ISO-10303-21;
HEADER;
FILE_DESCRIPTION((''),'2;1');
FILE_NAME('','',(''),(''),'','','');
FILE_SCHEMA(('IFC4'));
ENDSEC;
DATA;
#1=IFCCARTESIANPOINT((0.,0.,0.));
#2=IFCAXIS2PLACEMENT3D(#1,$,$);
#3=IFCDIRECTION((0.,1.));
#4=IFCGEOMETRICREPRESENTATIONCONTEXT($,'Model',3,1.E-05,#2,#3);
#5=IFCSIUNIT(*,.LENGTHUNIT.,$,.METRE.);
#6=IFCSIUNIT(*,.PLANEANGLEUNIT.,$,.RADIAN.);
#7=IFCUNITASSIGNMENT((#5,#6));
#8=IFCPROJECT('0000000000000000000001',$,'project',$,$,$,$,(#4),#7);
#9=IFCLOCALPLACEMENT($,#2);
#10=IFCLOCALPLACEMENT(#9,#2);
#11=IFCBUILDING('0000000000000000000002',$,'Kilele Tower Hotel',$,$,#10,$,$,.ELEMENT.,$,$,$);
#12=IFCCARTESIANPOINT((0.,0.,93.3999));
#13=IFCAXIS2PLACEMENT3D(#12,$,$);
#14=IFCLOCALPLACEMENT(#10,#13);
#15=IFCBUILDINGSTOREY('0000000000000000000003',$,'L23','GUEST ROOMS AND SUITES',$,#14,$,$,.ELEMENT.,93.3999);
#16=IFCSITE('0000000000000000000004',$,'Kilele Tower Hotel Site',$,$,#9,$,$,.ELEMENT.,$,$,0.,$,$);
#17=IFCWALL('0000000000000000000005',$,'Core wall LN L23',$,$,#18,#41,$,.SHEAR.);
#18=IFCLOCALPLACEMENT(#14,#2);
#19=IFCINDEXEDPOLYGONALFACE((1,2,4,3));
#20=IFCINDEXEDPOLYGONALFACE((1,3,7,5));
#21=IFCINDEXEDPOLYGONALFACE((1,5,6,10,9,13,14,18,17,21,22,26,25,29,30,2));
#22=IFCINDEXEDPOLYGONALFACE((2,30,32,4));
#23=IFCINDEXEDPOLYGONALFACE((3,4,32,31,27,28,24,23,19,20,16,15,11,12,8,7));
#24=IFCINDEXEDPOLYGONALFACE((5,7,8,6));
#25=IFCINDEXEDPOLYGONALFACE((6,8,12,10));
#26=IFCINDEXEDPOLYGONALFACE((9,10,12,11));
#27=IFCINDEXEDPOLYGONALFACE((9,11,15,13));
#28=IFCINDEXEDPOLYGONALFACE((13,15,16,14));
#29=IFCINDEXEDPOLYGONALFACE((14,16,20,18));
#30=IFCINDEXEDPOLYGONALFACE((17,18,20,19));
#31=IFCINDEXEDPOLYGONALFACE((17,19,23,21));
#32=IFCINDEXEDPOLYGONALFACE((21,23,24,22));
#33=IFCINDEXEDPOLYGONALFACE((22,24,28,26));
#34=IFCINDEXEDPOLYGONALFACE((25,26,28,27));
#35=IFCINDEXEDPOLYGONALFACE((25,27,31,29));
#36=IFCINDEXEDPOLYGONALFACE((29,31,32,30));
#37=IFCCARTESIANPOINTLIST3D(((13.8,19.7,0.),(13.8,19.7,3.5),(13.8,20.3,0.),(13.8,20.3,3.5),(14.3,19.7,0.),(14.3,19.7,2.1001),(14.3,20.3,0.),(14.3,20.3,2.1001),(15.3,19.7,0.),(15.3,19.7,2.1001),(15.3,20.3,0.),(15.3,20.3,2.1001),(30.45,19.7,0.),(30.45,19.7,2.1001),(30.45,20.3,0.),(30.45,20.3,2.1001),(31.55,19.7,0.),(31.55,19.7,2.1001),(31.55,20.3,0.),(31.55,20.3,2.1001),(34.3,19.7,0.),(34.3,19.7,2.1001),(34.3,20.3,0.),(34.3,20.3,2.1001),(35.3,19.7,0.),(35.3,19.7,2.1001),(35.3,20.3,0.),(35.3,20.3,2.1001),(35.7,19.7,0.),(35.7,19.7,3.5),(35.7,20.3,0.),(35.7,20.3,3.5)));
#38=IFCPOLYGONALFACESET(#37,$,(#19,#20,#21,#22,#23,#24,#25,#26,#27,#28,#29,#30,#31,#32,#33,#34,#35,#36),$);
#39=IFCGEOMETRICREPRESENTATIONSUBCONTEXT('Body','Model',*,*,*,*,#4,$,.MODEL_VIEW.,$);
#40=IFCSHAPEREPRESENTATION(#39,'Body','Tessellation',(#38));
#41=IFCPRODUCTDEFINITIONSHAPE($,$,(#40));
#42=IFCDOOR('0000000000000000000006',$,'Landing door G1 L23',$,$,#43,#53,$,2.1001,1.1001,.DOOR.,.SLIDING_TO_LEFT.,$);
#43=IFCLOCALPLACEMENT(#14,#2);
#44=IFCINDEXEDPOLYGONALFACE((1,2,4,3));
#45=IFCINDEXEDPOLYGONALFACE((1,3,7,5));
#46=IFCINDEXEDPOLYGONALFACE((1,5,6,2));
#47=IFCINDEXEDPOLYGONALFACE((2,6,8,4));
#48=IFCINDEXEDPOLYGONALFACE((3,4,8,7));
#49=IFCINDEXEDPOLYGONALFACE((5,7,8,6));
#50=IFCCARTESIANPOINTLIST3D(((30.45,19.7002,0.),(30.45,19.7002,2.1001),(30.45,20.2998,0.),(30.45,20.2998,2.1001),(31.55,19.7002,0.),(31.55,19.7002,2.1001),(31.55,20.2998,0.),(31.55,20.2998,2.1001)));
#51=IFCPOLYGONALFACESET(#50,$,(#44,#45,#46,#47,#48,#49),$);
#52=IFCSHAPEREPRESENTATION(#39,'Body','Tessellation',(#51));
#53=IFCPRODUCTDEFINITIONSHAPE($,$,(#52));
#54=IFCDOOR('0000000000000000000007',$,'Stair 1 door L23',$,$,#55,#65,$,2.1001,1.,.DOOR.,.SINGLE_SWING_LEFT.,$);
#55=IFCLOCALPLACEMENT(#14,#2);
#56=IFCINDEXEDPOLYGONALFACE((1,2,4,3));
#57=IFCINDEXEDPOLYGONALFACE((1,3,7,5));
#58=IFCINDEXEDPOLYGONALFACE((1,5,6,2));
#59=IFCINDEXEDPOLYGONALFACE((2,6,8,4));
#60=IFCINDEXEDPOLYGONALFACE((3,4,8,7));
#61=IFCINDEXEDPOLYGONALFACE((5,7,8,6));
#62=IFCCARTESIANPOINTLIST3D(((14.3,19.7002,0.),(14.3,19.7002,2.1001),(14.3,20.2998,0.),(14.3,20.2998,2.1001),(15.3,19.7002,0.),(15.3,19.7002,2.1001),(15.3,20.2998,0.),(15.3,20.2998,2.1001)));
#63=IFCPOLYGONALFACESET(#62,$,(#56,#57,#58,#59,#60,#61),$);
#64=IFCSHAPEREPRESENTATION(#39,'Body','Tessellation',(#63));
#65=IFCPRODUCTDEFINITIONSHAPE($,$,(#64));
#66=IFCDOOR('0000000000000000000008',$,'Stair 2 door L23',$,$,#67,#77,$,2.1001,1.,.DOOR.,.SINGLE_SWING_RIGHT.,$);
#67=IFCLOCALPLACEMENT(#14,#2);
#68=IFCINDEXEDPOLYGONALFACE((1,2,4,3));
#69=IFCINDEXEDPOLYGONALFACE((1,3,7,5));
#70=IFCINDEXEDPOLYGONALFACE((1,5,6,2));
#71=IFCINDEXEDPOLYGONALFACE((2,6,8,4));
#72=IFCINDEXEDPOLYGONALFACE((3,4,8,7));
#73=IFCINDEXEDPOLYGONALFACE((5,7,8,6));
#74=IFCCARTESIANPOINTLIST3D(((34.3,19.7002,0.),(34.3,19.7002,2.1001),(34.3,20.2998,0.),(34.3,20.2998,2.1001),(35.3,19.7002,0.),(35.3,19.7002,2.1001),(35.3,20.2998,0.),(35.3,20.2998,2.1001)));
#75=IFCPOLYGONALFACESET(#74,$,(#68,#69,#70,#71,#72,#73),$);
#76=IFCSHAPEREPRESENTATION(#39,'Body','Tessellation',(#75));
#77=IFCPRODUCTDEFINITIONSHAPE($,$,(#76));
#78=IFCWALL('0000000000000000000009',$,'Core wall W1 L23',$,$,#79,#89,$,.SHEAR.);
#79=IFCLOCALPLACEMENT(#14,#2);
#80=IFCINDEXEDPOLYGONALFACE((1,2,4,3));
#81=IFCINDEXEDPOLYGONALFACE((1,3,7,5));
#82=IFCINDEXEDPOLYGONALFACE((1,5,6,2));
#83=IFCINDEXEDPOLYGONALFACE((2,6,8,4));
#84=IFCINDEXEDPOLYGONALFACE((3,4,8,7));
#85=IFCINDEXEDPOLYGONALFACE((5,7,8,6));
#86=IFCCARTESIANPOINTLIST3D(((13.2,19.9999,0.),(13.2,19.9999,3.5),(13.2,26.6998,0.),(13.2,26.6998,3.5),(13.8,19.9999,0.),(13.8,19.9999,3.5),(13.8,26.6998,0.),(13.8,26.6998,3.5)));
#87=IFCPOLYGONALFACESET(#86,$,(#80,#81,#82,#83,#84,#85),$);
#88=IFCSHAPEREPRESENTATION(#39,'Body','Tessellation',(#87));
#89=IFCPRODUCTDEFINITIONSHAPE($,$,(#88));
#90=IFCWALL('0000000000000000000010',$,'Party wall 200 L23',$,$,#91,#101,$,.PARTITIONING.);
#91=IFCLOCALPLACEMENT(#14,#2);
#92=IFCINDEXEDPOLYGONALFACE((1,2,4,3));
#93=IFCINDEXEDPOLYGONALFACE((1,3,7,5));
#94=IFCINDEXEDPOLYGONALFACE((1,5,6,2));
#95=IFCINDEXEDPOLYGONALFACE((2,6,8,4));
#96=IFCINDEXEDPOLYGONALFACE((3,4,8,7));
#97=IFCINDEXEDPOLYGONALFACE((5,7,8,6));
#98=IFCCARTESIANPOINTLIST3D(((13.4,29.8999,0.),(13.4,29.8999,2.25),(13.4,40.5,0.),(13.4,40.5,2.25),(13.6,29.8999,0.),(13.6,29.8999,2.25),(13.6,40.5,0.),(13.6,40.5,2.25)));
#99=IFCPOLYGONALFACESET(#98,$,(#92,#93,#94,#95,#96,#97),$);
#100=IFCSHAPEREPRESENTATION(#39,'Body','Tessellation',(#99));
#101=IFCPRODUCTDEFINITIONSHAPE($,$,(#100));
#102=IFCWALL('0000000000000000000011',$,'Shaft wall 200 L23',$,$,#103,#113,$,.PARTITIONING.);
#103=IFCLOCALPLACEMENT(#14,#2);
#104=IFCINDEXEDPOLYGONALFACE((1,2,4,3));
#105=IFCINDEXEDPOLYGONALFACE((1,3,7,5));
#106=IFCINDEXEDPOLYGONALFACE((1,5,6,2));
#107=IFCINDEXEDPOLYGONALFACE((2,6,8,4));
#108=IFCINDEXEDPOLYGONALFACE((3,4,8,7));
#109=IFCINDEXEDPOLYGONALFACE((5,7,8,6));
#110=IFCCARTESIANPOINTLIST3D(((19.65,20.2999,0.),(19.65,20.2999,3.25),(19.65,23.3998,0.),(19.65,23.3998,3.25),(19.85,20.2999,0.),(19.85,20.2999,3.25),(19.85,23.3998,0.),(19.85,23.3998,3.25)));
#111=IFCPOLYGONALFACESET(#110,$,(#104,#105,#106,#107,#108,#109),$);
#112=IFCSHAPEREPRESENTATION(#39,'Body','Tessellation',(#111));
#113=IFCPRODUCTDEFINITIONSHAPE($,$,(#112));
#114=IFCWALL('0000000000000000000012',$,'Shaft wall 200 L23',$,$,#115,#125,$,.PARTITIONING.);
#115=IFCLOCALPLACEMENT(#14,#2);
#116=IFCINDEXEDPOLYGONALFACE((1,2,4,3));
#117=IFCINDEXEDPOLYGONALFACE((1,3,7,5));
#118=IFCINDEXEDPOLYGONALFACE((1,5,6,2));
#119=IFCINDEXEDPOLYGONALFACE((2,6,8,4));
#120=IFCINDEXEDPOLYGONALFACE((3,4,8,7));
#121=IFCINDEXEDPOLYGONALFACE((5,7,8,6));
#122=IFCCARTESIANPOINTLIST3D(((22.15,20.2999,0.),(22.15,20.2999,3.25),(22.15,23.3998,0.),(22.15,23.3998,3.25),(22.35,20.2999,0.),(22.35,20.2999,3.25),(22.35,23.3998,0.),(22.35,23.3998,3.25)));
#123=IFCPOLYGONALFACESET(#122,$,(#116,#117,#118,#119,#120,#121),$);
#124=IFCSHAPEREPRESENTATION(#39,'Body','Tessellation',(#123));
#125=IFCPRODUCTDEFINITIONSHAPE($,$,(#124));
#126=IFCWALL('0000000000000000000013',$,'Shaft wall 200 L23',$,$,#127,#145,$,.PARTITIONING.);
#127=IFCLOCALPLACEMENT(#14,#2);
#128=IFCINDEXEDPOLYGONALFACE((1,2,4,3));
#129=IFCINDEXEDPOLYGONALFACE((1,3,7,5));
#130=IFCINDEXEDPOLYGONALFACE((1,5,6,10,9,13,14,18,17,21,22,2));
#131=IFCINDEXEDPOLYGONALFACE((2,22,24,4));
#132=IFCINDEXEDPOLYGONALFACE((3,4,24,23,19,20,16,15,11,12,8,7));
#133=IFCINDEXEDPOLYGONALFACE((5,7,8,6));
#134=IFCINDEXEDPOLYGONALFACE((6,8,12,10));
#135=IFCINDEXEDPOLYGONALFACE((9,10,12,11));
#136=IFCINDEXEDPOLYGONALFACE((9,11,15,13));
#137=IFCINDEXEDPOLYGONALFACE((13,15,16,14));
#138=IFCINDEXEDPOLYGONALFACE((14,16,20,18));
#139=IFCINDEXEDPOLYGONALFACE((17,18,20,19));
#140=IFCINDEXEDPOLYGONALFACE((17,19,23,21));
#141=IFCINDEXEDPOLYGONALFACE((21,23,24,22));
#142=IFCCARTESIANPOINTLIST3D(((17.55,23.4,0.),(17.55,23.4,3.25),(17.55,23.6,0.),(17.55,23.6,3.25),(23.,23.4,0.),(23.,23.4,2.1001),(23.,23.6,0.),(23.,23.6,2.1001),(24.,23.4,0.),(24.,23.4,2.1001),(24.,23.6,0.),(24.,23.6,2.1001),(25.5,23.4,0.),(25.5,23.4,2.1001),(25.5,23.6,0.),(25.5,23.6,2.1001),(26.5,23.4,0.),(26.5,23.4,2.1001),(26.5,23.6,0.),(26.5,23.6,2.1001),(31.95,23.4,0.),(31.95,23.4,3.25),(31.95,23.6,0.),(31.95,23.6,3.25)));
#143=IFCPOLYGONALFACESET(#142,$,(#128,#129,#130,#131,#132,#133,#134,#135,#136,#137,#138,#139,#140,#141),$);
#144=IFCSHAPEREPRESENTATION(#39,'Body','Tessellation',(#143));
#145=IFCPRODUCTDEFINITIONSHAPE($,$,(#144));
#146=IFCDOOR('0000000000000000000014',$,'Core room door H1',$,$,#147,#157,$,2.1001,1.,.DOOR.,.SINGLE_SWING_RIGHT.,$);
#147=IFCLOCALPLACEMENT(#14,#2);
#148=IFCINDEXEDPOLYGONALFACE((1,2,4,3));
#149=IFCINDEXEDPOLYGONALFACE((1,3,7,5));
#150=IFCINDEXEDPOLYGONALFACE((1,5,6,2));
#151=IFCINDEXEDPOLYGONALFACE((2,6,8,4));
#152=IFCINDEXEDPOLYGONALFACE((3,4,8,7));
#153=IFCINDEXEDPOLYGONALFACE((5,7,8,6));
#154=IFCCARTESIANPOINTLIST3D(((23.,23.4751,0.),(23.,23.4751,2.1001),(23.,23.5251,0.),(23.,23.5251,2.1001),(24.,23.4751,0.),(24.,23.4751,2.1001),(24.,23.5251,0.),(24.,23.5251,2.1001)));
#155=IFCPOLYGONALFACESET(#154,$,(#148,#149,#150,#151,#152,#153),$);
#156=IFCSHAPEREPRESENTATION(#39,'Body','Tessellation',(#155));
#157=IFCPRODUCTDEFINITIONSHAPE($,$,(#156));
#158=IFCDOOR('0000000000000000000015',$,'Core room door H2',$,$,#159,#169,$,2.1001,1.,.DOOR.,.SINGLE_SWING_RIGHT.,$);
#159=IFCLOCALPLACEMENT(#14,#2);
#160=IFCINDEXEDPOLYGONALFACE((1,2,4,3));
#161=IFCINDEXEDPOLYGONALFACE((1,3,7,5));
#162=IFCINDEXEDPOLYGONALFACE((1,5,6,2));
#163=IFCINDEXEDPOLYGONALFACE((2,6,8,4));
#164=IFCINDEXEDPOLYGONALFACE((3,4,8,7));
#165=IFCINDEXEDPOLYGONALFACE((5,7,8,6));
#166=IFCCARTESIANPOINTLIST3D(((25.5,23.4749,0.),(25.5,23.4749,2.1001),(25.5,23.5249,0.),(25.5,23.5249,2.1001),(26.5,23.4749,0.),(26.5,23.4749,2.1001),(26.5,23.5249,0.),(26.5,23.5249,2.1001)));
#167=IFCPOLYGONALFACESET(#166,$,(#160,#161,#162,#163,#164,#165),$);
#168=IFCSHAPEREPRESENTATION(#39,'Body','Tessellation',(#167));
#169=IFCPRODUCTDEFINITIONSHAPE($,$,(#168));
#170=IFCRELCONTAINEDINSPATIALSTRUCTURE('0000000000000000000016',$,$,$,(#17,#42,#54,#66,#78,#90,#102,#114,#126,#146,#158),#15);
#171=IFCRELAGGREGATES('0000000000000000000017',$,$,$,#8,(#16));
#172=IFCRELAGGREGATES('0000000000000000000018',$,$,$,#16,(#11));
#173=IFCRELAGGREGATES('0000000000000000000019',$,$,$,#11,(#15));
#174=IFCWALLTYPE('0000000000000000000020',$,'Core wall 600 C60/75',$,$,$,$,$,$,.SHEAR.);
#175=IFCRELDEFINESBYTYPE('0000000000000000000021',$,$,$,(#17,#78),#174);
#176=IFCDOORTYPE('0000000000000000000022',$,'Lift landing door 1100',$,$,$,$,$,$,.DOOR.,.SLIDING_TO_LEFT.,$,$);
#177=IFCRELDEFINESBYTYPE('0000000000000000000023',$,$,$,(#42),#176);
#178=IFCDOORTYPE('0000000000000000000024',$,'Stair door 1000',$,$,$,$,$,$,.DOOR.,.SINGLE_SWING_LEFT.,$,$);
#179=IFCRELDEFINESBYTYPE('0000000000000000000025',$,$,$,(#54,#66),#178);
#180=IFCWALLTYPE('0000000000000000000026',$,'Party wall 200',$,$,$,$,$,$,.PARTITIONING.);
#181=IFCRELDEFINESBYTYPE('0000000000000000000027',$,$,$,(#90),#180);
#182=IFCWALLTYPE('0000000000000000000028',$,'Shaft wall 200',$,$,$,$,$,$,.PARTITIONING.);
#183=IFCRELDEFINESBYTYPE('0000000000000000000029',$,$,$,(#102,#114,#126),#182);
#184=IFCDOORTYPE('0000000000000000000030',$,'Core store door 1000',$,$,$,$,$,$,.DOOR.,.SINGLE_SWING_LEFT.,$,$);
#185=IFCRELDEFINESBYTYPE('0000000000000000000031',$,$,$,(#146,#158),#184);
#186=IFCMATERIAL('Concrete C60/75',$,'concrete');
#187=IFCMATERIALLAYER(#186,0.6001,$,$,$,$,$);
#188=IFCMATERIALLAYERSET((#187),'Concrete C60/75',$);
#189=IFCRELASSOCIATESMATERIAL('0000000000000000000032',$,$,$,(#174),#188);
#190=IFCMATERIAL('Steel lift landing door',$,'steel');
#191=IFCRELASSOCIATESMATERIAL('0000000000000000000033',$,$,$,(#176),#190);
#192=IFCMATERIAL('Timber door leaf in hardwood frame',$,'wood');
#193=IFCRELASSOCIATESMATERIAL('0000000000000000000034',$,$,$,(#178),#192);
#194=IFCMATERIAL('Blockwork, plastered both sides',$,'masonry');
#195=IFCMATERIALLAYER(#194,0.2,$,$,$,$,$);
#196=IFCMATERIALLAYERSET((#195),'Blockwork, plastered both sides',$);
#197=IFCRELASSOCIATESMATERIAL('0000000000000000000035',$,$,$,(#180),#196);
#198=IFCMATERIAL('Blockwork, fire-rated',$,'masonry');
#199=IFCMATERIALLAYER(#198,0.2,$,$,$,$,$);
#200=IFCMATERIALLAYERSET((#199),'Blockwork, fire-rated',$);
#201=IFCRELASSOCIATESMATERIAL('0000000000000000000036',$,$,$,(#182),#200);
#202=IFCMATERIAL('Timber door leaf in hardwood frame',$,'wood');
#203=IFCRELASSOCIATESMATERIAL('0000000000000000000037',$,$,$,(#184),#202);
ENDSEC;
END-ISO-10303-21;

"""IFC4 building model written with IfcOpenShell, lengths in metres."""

from ifc_helpers import new_model, si_unit, direction, frame, frame_2d, origin, place, context, subcontext, project, spatial, rectangle, extrude, material, layer, layer_set, type_object, element, fill, save


model = new_model("IFC4")

# Units and contexts
model_context = context("Model", 3, precision=1e-05, world=origin(), true_north=direction((0.0, 1.0)))
body_context = subcontext(model_context, "Body", "Model", "MODEL_VIEW")
ifc_project = project(units=[si_unit("LENGTHUNIT", "METRE"), si_unit("PLANEANGLEUNIT", "RADIAN")], contexts=[model_context])

# Site, building, storey
site_placement = place(None, origin())
site = spatial("IfcSite", under=ifc_project, at=site_placement, Name="Kilele Tower Hotel Site", CompositionType="ELEMENT", RefElevation=0.0)
building_placement = place(site_placement, origin())
building = spatial("IfcBuilding", under=site, at=building_placement, Name="Kilele Tower Hotel", CompositionType="ELEMENT")
storey_placement = place(building_placement, frame((0.0, 0.0, 93.3999)))
storey = spatial("IfcBuildingStorey", under=building, at=storey_placement, Name="L23", Description="GUEST ROOMS AND SUITES", CompositionType="ELEMENT", Elevation=93.3999)

# Wall, openings, doors
ifc_material_1 = material(Name="Concrete C60/75", Category="concrete")
ifc_layer_1 = layer(ifc_material_1, 0.6001)
ifc_layer_set_1 = layer_set([ifc_layer_1], Name="Concrete C60/75")
wall_type_1 = type_object("IfcWallType", Name="Core wall 600 C60/75", PredefinedType="SHEAR", material=ifc_layer_set_1)
wall_1_placement = place(storey_placement, frame((13.8, 20.0, 0.0), z_axis=(0.0, 0.0, 1.0), x_axis=(1.0, 0.0, 0.0)))
wall_1 = element("IfcWall", 1, at=wall_1_placement, inside=storey, type_object=wall_type_1, Name="Core wall LN L23", PredefinedType="SHEAR", context=body_context, shape_type="SweptSolid", body=[
    extrude(rectangle(XDim=21.8999, YDim=0.6001, at=frame_2d((10.95, 0.0))), origin(), (0.0, 0.0, 1.0), 3.5),
])
opening_1_placement = place(wall_1_placement, frame((0.5, 0.0, 0.0)))
opening_1 = element("IfcOpeningElement", 2, at=opening_1_placement, cuts=wall_1, PredefinedType="OPENING", context=body_context, shape_type="SweptSolid", body=[
    extrude(rectangle(XDim=1.0, YDim=2.1001, at=frame_2d((0.5, 1.05))), frame((0.0, 0.3101, 0.0), z_axis=(0.0, -1.0, 0.0), x_axis=(1.0, 0.0, 0.0)), (0.0, 0.0, 1.0), 0.6201),
])
opening_2_placement = place(wall_1_placement, frame((20.5, 0.0, 0.0)))
opening_2 = element("IfcOpeningElement", 3, at=opening_2_placement, cuts=wall_1, PredefinedType="OPENING", context=body_context, shape_type="SweptSolid", body=[
    extrude(rectangle(XDim=1.0, YDim=2.1001, at=frame_2d((0.5, 1.05))), frame((0.0, 0.3101, 0.0), z_axis=(0.0, -1.0, 0.0), x_axis=(1.0, 0.0, 0.0)), (0.0, 0.0, 1.0), 0.6201),
])
opening_3_placement = place(wall_1_placement, frame((16.6499, 0.0, 0.0)))
opening_3 = element("IfcOpeningElement", 4, at=opening_3_placement, cuts=wall_1, PredefinedType="OPENING", context=body_context, shape_type="SweptSolid", body=[
    extrude(rectangle(XDim=1.1001, YDim=2.1001, at=frame_2d((0.55, 1.05))), frame((0.0, 0.3101, 0.0), z_axis=(0.0, -1.0, 0.0), x_axis=(1.0, 0.0, 0.0)), (0.0, 0.0, 1.0), 0.6201),
])
ifc_material_2 = material(Name="Steel lift landing door", Category="steel")
door_type_1 = type_object("IfcDoorType", Name="Lift landing door 1100", OperationType="SLIDING_TO_LEFT", PredefinedType="DOOR", material=ifc_material_2)
door_1_placement = place(opening_3_placement, origin())
door_1 = element("IfcDoor", 5, at=door_1_placement, inside=storey, type_object=door_type_1, Name="Landing door G1 L23", OperationType="SLIDING_TO_LEFT", OverallHeight=2.1001, OverallWidth=1.1001, PredefinedType="DOOR", context=body_context, shape_type="SweptSolid", body=[
    extrude(rectangle(XDim=1.1001, YDim=2.1001, at=frame_2d((0.55, 1.05))), frame((0.0, 0.2998, 0.0), z_axis=(0.0, -1.0, 0.0), x_axis=(1.0, 0.0, 0.0)), (0.0, 0.0, 1.0), 0.5996),
])
fill(opening_3, door_1)
ifc_material_3 = material(Name="Timber door leaf in hardwood frame", Category="wood")
door_type_2 = type_object("IfcDoorType", Name="Stair door 1000", OperationType="SINGLE_SWING_LEFT", PredefinedType="DOOR", material=ifc_material_3)
door_2_placement = place(opening_1_placement, origin())
door_2 = element("IfcDoor", 6, at=door_2_placement, inside=storey, type_object=door_type_2, Name="Stair 1 door L23", OperationType="SINGLE_SWING_LEFT", OverallHeight=2.1001, OverallWidth=1.0, PredefinedType="DOOR", context=body_context, shape_type="SweptSolid", body=[
    extrude(rectangle(XDim=1.0, YDim=2.1001, at=frame_2d((0.5, 1.05))), frame((0.0, 0.2998, 0.0), z_axis=(0.0, -1.0, 0.0), x_axis=(1.0, 0.0, 0.0)), (0.0, 0.0, 1.0), 0.5996),
])
fill(opening_1, door_2)
door_3_placement = place(opening_2_placement, origin())
door_3 = element("IfcDoor", 7, at=door_3_placement, inside=storey, type_object=door_type_2, Name="Stair 2 door L23", OperationType="SINGLE_SWING_RIGHT", OverallHeight=2.1001, OverallWidth=1.0, PredefinedType="DOOR", context=body_context, shape_type="SweptSolid", body=[
    extrude(rectangle(XDim=1.0, YDim=2.1001, at=frame_2d((0.5, 1.05))), frame((0.0, 0.2998, 0.0), z_axis=(0.0, -1.0, 0.0), x_axis=(1.0, 0.0, 0.0)), (0.0, 0.0, 1.0), 0.5996),
])
fill(opening_2, door_3)

# Walls
wall_2_placement = place(storey_placement, frame((13.5, 26.7, 0.0), z_axis=(0.0, 0.0, 1.0), x_axis=(0.0, -1.0, 0.0)))
element("IfcWall", 8, at=wall_2_placement, inside=storey, type_object=wall_type_1, Name="Core wall W1 L23", PredefinedType="SHEAR", context=body_context, shape_type="SweptSolid", body=[
    extrude(rectangle(XDim=6.7, YDim=0.6001, at=frame_2d((3.3501, 0.0))), origin(), (0.0, 0.0, 1.0), 3.5),
])
ifc_material_4 = material(Name="Blockwork, plastered both sides", Category="masonry")
ifc_layer_2 = layer(ifc_material_4, 0.2)
ifc_layer_set_2 = layer_set([ifc_layer_2], Name="Blockwork, plastered both sides")
wall_type_2 = type_object("IfcWallType", Name="Party wall 200", PredefinedType="PARTITIONING", material=ifc_layer_set_2)
wall_3_placement = place(storey_placement, frame((13.5, 29.8999, 0.0), z_axis=(0.0, 0.0, 1.0), x_axis=(0.0, 1.0, 0.0)))
element("IfcWall", 9, at=wall_3_placement, inside=storey, type_object=wall_type_2, Name="Party wall 200 L23", PredefinedType="PARTITIONING", context=body_context, shape_type="SweptSolid", body=[
    extrude(rectangle(XDim=10.6001, YDim=0.2, at=frame_2d((5.3, 0.0))), origin(), (0.0, 0.0, 1.0), 2.25),
])
ifc_material_5 = material(Name="Blockwork, fire-rated", Category="masonry")
ifc_layer_3 = layer(ifc_material_5, 0.2)
ifc_layer_set_3 = layer_set([ifc_layer_3], Name="Blockwork, fire-rated")
wall_type_3 = type_object("IfcWallType", Name="Shaft wall 200", PredefinedType="PARTITIONING", material=ifc_layer_set_3)
for number, where, z_axis, x_axis, name in (
    (10, (19.75, 20.3, 0.0), (0.0, 0.0, 1.0), (0.0, 1.0, 0.0), "Shaft wall 200 L23"),
    (11, (22.25, 20.3, 0.0), (0.0, 0.0, 1.0), (0.0, 1.0, 0.0), "Shaft wall 200 L23"),
):
    element("IfcWall", number, at=place(storey_placement, frame(where, z_axis=z_axis, x_axis=x_axis)), inside=storey, type_object=wall_type_3, Name=name, PredefinedType="PARTITIONING", context=body_context, shape_type="SweptSolid", body=[
        extrude(rectangle(XDim=3.0999, YDim=0.2, at=frame_2d((1.5498, 0.0))), origin(), (0.0, 0.0, 1.0), 3.25),
    ])

# Wall, openings, doors
wall_4_placement = place(storey_placement, frame((17.55, 23.5, 0.0), z_axis=(0.0, 0.0, 1.0), x_axis=(1.0, 0.0, 0.0)))
wall_4 = element("IfcWall", 12, at=wall_4_placement, inside=storey, type_object=wall_type_3, Name="Shaft wall 200 L23", PredefinedType="PARTITIONING", context=body_context, shape_type="SweptSolid", body=[
    extrude(rectangle(XDim=14.3999, YDim=0.2, at=frame_2d((7.2, 0.0))), origin(), (0.0, 0.0, 1.0), 3.25),
])
opening_4_placement = place(wall_4_placement, frame((6.45, 0.0, 0.0), z_axis=(0.0, 0.0, 1.0), x_axis=(-1.0, 0.0, 0.0)))
opening_4 = element("IfcOpeningElement", 13, at=opening_4_placement, cuts=wall_4, PredefinedType="OPENING", context=body_context, shape_type="SweptSolid", body=[
    extrude(rectangle(XDim=1.0, YDim=2.1001, at=frame_2d((0.5, 1.05))), frame((0.0, 0.1099, 0.0), z_axis=(0.0, -1.0, 0.0), x_axis=(1.0, 0.0, 0.0)), (0.0, 0.0, 1.0), 0.22),
])
opening_5_placement = place(wall_4_placement, frame((7.95, 0.0, 0.0)))
opening_5 = element("IfcOpeningElement", 14, at=opening_5_placement, cuts=wall_4, PredefinedType="OPENING", context=body_context, shape_type="SweptSolid", body=[
    extrude(rectangle(XDim=1.0, YDim=2.1001, at=frame_2d((0.5, 1.05))), frame((0.0, 0.1099, 0.0), z_axis=(0.0, -1.0, 0.0), x_axis=(1.0, 0.0, 0.0)), (0.0, 0.0, 1.0), 0.22),
])
ifc_material_6 = material(Name="Timber door leaf in hardwood frame", Category="wood")
door_type_3 = type_object("IfcDoorType", Name="Core store door 1000", OperationType="SINGLE_SWING_LEFT", PredefinedType="DOOR", material=ifc_material_6)
door_4_placement = place(opening_4_placement, origin())
door_4 = element("IfcDoor", 15, at=door_4_placement, inside=storey, type_object=door_type_3, Name="Core room door H1", OperationType="SINGLE_SWING_RIGHT", OverallHeight=2.1001, OverallWidth=1.0, PredefinedType="DOOR", context=body_context, shape_type="SweptSolid", body=[
    extrude(rectangle(XDim=1.0, YDim=2.1001, at=frame_2d((0.5, 1.05))), frame((0.0, 0.0249, 0.0), z_axis=(0.0, -1.0, 0.0), x_axis=(1.0, 0.0, 0.0)), (0.0, 0.0, 1.0), 0.05),
])
fill(opening_4, door_4)
door_5_placement = place(opening_5_placement, origin())
door_5 = element("IfcDoor", 16, at=door_5_placement, inside=storey, type_object=door_type_3, Name="Core room door H2", OperationType="SINGLE_SWING_RIGHT", OverallHeight=2.1001, OverallWidth=1.0, PredefinedType="DOOR", context=body_context, shape_type="SweptSolid", body=[
    extrude(rectangle(XDim=1.0, YDim=2.1001, at=frame_2d((0.5, 1.05))), frame((0.0, 0.0249, 0.0), z_axis=(0.0, -1.0, 0.0), x_axis=(1.0, 0.0, 0.0)), (0.0, 0.0, 1.0), 0.05),
])
fill(opening_5, door_5)

save(model, "model.ifc")
